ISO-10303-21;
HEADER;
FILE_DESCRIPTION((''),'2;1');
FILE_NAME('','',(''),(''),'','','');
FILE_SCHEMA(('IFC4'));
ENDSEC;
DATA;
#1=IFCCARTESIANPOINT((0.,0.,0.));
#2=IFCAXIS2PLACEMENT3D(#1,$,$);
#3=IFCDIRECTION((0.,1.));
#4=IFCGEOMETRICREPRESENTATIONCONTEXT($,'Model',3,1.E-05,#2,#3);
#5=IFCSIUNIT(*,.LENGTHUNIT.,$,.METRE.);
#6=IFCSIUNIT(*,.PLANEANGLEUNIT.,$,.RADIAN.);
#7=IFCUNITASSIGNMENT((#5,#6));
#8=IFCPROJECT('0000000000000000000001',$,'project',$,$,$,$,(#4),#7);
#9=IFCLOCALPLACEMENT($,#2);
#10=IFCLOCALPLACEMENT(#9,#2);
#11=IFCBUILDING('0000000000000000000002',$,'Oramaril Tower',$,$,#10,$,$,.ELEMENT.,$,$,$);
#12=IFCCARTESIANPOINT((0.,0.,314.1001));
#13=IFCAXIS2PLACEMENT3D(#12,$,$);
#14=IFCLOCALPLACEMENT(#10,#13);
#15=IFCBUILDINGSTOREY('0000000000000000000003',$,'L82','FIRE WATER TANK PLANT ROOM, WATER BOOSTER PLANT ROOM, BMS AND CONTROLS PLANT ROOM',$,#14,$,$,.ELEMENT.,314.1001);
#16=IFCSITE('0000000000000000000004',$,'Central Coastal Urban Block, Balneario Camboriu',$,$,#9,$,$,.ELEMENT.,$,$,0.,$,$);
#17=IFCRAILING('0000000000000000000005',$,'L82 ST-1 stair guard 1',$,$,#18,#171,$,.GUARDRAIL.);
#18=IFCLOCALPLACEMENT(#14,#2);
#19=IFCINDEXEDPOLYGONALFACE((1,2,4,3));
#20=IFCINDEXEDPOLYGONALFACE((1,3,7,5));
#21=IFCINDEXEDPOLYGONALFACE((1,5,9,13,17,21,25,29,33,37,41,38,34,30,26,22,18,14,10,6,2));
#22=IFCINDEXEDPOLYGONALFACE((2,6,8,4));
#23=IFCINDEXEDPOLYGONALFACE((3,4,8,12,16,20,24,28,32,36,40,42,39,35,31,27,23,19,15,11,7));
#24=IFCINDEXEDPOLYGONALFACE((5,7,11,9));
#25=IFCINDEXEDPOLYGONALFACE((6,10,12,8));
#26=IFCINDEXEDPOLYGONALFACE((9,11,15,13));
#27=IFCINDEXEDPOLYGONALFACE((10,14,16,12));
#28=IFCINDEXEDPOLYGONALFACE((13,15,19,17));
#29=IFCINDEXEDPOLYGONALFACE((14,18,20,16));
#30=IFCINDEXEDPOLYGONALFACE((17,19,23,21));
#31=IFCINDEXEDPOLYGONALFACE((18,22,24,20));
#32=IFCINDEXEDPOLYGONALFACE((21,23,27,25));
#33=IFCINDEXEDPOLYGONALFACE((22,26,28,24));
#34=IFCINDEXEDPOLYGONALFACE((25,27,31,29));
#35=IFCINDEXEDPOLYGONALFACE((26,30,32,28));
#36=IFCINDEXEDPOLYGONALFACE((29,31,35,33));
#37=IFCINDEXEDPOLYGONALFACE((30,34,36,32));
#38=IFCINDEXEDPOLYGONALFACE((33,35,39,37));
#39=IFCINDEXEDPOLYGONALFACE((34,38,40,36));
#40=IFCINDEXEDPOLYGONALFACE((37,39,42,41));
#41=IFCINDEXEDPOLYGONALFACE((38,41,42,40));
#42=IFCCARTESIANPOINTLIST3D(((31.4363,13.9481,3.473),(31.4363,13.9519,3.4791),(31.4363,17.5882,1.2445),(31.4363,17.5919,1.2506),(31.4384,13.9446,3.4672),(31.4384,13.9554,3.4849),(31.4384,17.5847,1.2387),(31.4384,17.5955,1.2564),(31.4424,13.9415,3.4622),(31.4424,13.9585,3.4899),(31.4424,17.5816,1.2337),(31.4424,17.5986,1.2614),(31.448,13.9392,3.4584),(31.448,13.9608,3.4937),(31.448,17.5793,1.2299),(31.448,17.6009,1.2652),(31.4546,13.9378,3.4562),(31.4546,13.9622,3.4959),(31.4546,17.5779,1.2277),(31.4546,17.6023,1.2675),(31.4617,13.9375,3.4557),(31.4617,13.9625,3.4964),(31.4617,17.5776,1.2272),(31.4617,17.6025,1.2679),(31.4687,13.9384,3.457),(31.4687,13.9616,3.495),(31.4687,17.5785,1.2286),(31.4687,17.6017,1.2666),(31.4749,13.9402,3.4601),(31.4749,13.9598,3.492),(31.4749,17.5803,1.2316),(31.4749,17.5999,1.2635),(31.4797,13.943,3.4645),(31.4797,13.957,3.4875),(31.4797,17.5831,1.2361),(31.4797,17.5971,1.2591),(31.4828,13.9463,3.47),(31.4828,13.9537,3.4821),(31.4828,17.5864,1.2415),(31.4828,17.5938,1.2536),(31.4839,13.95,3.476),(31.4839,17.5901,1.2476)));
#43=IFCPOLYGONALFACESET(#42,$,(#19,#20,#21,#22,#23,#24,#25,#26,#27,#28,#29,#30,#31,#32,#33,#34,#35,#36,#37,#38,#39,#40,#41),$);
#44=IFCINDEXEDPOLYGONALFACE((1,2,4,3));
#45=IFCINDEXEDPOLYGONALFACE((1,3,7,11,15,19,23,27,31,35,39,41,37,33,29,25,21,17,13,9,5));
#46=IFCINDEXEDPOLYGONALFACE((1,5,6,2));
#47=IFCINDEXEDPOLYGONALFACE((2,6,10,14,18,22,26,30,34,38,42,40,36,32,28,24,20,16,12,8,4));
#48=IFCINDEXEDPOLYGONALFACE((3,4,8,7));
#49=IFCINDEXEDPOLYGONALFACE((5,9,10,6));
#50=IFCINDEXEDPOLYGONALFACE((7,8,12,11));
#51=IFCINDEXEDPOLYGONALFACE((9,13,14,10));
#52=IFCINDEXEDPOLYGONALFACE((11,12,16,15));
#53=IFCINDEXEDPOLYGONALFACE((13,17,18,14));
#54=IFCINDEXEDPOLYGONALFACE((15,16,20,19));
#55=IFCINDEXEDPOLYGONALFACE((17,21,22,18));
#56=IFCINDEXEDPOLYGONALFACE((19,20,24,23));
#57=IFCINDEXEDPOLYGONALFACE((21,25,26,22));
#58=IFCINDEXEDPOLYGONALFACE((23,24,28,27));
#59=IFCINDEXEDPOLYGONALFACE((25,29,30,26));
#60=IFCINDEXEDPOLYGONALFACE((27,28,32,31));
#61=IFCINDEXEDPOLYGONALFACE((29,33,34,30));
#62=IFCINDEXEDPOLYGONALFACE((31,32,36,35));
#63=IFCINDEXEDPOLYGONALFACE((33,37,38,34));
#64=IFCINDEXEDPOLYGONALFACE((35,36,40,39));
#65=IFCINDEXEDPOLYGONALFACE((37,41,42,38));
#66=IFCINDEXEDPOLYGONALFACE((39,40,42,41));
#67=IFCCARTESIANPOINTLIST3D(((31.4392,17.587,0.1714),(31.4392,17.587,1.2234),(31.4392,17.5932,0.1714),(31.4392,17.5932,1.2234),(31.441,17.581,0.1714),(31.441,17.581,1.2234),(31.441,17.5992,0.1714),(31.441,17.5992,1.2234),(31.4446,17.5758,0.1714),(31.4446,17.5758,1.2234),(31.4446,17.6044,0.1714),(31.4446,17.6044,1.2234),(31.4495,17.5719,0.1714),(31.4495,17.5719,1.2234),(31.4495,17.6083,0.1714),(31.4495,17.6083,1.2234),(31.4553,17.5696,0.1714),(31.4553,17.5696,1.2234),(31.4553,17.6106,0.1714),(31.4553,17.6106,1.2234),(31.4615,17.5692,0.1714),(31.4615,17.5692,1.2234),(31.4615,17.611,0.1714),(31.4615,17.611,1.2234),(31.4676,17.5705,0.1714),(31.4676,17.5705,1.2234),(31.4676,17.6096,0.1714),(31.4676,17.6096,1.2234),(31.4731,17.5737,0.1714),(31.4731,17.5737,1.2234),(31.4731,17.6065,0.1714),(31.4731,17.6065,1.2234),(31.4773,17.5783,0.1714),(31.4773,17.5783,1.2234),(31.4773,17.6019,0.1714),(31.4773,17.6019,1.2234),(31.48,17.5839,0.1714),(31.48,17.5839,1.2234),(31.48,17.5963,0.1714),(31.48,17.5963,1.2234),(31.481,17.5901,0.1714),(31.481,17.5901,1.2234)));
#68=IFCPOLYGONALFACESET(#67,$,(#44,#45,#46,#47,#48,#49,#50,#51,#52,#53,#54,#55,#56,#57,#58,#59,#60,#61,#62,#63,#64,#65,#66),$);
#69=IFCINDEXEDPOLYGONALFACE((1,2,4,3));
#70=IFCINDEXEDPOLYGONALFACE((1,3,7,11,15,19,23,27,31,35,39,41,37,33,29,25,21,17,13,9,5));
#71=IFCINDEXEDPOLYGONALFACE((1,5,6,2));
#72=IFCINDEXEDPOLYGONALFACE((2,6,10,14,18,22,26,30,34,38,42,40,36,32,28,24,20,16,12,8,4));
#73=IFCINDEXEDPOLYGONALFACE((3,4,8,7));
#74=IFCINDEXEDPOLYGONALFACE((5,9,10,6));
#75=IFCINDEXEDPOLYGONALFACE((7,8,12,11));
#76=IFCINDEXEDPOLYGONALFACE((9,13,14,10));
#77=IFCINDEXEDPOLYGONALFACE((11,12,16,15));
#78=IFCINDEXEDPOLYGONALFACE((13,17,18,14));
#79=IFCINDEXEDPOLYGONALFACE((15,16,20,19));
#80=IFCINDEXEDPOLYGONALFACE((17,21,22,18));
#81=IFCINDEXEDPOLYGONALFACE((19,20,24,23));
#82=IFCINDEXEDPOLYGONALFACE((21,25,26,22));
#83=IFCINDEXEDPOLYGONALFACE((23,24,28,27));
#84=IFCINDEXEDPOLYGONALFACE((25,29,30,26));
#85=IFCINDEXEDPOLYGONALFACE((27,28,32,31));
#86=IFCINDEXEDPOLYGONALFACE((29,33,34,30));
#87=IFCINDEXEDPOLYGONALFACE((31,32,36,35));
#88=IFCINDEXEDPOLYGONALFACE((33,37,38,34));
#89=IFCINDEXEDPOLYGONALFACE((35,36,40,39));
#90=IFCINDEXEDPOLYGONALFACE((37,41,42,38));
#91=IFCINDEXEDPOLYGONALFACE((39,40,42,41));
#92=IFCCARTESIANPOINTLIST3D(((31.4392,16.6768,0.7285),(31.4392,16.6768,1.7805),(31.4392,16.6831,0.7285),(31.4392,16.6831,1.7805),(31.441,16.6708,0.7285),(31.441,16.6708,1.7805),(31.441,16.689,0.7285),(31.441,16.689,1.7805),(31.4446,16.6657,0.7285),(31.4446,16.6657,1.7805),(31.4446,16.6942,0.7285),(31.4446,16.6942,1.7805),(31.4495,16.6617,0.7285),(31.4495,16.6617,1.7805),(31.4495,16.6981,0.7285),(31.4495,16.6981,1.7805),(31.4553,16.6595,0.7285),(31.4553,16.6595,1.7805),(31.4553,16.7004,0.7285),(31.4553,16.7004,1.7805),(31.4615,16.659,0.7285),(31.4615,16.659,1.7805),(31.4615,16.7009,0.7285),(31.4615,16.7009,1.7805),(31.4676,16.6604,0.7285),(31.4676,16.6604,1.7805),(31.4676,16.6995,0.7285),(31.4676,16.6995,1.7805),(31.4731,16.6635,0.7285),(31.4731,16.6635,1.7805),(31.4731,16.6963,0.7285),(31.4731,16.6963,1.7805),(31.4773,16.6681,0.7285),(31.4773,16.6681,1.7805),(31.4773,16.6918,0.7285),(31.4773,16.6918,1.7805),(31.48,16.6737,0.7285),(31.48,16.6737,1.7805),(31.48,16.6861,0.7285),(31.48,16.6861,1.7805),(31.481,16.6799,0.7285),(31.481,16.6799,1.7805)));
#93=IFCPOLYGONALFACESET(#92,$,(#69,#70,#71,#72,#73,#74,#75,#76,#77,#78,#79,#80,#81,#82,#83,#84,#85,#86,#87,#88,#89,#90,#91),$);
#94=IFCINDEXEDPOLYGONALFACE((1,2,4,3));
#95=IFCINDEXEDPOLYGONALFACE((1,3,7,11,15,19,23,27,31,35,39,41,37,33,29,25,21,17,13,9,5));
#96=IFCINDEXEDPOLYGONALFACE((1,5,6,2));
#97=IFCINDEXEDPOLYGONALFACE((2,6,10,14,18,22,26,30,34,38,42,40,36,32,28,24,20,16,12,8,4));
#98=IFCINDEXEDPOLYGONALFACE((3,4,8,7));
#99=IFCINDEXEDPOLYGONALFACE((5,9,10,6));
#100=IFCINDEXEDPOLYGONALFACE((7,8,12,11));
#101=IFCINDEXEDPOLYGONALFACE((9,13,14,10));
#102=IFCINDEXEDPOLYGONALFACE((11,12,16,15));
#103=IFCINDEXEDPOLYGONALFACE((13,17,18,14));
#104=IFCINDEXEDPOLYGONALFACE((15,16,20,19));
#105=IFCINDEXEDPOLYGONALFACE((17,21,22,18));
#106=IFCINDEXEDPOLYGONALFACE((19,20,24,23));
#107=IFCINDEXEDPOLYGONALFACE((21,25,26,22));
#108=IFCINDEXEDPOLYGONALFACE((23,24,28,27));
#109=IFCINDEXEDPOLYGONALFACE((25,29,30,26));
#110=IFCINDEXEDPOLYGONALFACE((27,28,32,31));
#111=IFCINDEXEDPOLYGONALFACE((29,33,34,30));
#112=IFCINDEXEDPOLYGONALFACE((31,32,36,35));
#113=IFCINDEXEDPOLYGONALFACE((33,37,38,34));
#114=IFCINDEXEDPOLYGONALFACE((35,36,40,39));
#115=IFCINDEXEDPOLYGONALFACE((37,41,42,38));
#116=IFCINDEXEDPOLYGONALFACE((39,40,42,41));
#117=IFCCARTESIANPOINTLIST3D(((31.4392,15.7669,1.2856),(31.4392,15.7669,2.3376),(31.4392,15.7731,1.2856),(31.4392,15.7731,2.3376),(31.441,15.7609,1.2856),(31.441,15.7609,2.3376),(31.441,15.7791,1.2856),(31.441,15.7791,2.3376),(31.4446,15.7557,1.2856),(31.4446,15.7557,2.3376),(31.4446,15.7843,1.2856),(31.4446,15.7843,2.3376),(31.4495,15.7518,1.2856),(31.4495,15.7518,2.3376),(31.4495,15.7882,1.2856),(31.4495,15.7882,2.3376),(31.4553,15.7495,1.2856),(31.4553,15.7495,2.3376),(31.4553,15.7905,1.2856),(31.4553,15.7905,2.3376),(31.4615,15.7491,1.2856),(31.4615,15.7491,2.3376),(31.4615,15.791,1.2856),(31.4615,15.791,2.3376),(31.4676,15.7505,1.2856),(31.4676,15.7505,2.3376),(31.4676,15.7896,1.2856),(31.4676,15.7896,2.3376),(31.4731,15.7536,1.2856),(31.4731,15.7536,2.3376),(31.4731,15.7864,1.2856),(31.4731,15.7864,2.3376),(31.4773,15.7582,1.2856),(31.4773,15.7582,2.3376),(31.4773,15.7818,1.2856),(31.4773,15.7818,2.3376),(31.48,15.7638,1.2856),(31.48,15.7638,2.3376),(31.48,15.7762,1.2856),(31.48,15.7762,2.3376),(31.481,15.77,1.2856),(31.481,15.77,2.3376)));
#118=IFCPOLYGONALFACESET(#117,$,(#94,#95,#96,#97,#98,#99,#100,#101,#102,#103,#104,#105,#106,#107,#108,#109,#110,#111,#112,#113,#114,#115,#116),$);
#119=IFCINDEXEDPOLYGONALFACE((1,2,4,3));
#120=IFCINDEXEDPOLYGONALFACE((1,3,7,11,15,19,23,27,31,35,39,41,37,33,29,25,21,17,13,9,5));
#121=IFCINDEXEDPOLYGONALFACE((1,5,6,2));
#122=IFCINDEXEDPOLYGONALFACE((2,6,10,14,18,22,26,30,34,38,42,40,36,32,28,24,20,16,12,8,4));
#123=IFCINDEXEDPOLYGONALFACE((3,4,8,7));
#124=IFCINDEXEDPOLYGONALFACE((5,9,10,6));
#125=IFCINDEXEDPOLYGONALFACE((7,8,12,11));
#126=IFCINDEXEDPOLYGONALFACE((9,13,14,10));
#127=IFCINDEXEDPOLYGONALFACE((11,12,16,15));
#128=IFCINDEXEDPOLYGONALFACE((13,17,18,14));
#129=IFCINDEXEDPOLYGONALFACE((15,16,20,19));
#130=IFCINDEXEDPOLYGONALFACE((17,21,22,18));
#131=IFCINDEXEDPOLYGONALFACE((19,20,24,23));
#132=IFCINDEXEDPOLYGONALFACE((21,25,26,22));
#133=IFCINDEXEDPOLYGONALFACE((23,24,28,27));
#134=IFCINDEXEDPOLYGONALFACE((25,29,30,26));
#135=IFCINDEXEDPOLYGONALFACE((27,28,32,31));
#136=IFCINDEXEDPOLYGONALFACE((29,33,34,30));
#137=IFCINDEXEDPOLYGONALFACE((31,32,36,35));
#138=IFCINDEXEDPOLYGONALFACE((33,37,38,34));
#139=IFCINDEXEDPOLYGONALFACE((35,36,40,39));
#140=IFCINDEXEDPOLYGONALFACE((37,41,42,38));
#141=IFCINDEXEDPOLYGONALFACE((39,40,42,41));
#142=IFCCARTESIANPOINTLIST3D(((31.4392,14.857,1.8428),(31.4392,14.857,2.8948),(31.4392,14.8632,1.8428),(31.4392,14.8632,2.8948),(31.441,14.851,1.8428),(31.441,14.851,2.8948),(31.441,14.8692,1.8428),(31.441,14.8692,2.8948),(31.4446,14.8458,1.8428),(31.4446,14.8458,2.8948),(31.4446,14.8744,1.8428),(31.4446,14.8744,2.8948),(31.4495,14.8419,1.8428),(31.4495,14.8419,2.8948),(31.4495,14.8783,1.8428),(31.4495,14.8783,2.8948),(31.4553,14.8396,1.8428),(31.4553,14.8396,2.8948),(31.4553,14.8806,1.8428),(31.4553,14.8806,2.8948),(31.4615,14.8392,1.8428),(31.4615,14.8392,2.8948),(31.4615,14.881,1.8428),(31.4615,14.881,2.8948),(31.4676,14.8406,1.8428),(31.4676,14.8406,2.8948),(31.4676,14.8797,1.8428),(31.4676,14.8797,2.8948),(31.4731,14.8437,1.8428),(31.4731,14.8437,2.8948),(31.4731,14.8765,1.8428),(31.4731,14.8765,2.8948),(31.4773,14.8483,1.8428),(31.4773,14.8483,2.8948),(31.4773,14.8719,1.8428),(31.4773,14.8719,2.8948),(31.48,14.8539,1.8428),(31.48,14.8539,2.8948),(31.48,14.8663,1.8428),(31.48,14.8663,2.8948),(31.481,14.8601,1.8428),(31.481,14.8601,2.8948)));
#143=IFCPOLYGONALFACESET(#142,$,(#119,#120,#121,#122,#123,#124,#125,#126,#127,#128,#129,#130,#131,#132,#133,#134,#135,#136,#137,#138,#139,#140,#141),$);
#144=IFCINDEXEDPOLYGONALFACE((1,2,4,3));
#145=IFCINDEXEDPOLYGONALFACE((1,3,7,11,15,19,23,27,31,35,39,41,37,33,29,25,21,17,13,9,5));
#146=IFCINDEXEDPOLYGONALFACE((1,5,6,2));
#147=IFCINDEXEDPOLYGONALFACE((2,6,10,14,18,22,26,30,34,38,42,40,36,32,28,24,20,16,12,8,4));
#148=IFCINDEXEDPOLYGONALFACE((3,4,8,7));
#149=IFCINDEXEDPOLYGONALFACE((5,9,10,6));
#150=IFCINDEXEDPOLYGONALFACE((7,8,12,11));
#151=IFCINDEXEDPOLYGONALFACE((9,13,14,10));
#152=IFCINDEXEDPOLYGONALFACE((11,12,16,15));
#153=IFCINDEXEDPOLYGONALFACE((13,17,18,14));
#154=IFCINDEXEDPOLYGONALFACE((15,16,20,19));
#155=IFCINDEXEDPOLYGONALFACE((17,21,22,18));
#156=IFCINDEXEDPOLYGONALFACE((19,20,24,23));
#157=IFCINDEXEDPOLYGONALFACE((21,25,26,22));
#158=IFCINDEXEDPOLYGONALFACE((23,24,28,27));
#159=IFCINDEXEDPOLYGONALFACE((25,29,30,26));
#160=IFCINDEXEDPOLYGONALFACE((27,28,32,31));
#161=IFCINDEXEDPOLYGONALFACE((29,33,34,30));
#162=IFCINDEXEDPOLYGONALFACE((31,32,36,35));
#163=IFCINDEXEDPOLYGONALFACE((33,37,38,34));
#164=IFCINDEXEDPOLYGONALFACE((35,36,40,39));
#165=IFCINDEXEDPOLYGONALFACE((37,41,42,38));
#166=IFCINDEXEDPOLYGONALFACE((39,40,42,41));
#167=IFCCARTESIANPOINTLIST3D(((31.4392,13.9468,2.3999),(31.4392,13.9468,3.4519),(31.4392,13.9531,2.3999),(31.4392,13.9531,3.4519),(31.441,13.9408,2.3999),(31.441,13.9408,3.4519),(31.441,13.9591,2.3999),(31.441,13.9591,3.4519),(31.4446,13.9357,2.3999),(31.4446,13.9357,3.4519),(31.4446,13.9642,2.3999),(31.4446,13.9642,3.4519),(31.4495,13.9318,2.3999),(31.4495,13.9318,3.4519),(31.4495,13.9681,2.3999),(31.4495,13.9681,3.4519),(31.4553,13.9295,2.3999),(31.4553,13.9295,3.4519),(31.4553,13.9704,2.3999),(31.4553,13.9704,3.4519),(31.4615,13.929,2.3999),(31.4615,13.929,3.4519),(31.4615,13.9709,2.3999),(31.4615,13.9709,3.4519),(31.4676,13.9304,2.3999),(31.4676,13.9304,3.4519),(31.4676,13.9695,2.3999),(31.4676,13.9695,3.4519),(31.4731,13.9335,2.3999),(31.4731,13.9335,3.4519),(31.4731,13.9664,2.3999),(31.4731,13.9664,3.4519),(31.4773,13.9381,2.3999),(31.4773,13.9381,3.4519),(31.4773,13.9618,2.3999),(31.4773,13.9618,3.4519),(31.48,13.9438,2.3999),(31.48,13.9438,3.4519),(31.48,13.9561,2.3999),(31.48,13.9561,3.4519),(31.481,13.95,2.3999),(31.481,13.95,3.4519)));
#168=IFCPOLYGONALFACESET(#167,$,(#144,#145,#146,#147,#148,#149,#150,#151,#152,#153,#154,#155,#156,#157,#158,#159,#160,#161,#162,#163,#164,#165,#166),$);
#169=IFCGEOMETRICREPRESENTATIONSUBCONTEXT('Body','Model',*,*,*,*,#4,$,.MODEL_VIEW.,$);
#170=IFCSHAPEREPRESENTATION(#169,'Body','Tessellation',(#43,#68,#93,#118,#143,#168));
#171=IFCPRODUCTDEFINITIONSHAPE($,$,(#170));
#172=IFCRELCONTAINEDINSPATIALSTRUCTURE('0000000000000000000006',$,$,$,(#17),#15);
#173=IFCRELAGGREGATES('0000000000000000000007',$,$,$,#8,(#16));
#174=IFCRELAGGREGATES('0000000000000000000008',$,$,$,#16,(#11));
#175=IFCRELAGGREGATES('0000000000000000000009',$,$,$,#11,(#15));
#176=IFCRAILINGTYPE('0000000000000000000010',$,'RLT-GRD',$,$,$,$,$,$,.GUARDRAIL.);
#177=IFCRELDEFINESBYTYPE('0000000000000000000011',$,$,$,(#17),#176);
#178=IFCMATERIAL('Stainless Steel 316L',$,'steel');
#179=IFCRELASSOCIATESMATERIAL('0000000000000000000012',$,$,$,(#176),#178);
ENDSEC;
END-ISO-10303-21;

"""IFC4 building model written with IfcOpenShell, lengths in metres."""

from ifc_helpers import new_model, si_unit, direction, frame, origin, origin_2d, place, context, subcontext, project, spatial, circle, extrude, material, type_object, element, save


model = new_model("IFC4")

# Units and contexts
model_context = context("Model", 3, precision=1e-05, world=origin(), true_north=direction((0.0, 1.0)))
body_context = subcontext(model_context, "Body", "Model", "MODEL_VIEW")
ifc_project = project(units=[si_unit("LENGTHUNIT", "METRE"), si_unit("PLANEANGLEUNIT", "RADIAN")], contexts=[model_context])

# Site, building, storey
site_placement = place(None, origin())
site = spatial("IfcSite", under=ifc_project, at=site_placement, Name="Central Coastal Urban Block, Balneario Camboriu", CompositionType="ELEMENT", RefElevation=0.0)
building_placement = place(site_placement, origin())
building = spatial("IfcBuilding", under=site, at=building_placement, Name="Oramaril Tower", CompositionType="ELEMENT")
storey_placement = place(building_placement, frame((0.0, 0.0, 314.1001)))
storey = spatial("IfcBuildingStorey", under=building, at=storey_placement, Name="L82", Description="FIRE WATER TANK PLANT ROOM, WATER BOOSTER PLANT ROOM, BMS AND CONTROLS PLANT ROOM", CompositionType="ELEMENT", Elevation=314.1001)

# Railing
ifc_material_1 = material(Name="Stainless Steel 316L", Category="steel")
railing_type_1 = type_object("IfcRailingType", Name="RLT-GRD", PredefinedType="GUARDRAIL", material=ifc_material_1)
railing_1_placement = place(storey_placement, frame((31.46, 17.5901, 0.1714)))
element("IfcRailing", 1, at=railing_1_placement, inside=storey, type_object=railing_type_1, Name="L82 ST-1 stair guard 1", PredefinedType="GUARDRAIL", context=body_context, shape_type="SweptSolid", body=[
    extrude(circle(Radius=0.0239, at=origin_2d()), frame((0.0, 0.0, 1.0762), z_axis=(0.0, -0.852866, 0.52213), x_axis=(1.0, 0.0, 0.0)), (0.0, 0.0, 1.0), 4.2681),
    extrude(circle(Radius=0.021, at=origin_2d()), origin(), (0.0, 0.0, 1.0), 1.052),
    extrude(circle(Radius=0.021, at=origin_2d()), frame((0.0, -0.9102, 0.5571)), (0.0, 0.0, 1.0), 1.052),
    extrude(circle(Radius=0.021, at=origin_2d()), frame((0.0, -1.8201, 1.1143)), (0.0, 0.0, 1.0), 1.052),
    extrude(circle(Radius=0.021, at=origin_2d()), frame((0.0, -2.73, 1.6714)), (0.0, 0.0, 1.0), 1.052),
    extrude(circle(Radius=0.021, at=origin_2d()), frame((0.0, -3.6401, 2.2285)), (0.0, 0.0, 1.0), 1.052),
])

save(model, "model.ifc")
